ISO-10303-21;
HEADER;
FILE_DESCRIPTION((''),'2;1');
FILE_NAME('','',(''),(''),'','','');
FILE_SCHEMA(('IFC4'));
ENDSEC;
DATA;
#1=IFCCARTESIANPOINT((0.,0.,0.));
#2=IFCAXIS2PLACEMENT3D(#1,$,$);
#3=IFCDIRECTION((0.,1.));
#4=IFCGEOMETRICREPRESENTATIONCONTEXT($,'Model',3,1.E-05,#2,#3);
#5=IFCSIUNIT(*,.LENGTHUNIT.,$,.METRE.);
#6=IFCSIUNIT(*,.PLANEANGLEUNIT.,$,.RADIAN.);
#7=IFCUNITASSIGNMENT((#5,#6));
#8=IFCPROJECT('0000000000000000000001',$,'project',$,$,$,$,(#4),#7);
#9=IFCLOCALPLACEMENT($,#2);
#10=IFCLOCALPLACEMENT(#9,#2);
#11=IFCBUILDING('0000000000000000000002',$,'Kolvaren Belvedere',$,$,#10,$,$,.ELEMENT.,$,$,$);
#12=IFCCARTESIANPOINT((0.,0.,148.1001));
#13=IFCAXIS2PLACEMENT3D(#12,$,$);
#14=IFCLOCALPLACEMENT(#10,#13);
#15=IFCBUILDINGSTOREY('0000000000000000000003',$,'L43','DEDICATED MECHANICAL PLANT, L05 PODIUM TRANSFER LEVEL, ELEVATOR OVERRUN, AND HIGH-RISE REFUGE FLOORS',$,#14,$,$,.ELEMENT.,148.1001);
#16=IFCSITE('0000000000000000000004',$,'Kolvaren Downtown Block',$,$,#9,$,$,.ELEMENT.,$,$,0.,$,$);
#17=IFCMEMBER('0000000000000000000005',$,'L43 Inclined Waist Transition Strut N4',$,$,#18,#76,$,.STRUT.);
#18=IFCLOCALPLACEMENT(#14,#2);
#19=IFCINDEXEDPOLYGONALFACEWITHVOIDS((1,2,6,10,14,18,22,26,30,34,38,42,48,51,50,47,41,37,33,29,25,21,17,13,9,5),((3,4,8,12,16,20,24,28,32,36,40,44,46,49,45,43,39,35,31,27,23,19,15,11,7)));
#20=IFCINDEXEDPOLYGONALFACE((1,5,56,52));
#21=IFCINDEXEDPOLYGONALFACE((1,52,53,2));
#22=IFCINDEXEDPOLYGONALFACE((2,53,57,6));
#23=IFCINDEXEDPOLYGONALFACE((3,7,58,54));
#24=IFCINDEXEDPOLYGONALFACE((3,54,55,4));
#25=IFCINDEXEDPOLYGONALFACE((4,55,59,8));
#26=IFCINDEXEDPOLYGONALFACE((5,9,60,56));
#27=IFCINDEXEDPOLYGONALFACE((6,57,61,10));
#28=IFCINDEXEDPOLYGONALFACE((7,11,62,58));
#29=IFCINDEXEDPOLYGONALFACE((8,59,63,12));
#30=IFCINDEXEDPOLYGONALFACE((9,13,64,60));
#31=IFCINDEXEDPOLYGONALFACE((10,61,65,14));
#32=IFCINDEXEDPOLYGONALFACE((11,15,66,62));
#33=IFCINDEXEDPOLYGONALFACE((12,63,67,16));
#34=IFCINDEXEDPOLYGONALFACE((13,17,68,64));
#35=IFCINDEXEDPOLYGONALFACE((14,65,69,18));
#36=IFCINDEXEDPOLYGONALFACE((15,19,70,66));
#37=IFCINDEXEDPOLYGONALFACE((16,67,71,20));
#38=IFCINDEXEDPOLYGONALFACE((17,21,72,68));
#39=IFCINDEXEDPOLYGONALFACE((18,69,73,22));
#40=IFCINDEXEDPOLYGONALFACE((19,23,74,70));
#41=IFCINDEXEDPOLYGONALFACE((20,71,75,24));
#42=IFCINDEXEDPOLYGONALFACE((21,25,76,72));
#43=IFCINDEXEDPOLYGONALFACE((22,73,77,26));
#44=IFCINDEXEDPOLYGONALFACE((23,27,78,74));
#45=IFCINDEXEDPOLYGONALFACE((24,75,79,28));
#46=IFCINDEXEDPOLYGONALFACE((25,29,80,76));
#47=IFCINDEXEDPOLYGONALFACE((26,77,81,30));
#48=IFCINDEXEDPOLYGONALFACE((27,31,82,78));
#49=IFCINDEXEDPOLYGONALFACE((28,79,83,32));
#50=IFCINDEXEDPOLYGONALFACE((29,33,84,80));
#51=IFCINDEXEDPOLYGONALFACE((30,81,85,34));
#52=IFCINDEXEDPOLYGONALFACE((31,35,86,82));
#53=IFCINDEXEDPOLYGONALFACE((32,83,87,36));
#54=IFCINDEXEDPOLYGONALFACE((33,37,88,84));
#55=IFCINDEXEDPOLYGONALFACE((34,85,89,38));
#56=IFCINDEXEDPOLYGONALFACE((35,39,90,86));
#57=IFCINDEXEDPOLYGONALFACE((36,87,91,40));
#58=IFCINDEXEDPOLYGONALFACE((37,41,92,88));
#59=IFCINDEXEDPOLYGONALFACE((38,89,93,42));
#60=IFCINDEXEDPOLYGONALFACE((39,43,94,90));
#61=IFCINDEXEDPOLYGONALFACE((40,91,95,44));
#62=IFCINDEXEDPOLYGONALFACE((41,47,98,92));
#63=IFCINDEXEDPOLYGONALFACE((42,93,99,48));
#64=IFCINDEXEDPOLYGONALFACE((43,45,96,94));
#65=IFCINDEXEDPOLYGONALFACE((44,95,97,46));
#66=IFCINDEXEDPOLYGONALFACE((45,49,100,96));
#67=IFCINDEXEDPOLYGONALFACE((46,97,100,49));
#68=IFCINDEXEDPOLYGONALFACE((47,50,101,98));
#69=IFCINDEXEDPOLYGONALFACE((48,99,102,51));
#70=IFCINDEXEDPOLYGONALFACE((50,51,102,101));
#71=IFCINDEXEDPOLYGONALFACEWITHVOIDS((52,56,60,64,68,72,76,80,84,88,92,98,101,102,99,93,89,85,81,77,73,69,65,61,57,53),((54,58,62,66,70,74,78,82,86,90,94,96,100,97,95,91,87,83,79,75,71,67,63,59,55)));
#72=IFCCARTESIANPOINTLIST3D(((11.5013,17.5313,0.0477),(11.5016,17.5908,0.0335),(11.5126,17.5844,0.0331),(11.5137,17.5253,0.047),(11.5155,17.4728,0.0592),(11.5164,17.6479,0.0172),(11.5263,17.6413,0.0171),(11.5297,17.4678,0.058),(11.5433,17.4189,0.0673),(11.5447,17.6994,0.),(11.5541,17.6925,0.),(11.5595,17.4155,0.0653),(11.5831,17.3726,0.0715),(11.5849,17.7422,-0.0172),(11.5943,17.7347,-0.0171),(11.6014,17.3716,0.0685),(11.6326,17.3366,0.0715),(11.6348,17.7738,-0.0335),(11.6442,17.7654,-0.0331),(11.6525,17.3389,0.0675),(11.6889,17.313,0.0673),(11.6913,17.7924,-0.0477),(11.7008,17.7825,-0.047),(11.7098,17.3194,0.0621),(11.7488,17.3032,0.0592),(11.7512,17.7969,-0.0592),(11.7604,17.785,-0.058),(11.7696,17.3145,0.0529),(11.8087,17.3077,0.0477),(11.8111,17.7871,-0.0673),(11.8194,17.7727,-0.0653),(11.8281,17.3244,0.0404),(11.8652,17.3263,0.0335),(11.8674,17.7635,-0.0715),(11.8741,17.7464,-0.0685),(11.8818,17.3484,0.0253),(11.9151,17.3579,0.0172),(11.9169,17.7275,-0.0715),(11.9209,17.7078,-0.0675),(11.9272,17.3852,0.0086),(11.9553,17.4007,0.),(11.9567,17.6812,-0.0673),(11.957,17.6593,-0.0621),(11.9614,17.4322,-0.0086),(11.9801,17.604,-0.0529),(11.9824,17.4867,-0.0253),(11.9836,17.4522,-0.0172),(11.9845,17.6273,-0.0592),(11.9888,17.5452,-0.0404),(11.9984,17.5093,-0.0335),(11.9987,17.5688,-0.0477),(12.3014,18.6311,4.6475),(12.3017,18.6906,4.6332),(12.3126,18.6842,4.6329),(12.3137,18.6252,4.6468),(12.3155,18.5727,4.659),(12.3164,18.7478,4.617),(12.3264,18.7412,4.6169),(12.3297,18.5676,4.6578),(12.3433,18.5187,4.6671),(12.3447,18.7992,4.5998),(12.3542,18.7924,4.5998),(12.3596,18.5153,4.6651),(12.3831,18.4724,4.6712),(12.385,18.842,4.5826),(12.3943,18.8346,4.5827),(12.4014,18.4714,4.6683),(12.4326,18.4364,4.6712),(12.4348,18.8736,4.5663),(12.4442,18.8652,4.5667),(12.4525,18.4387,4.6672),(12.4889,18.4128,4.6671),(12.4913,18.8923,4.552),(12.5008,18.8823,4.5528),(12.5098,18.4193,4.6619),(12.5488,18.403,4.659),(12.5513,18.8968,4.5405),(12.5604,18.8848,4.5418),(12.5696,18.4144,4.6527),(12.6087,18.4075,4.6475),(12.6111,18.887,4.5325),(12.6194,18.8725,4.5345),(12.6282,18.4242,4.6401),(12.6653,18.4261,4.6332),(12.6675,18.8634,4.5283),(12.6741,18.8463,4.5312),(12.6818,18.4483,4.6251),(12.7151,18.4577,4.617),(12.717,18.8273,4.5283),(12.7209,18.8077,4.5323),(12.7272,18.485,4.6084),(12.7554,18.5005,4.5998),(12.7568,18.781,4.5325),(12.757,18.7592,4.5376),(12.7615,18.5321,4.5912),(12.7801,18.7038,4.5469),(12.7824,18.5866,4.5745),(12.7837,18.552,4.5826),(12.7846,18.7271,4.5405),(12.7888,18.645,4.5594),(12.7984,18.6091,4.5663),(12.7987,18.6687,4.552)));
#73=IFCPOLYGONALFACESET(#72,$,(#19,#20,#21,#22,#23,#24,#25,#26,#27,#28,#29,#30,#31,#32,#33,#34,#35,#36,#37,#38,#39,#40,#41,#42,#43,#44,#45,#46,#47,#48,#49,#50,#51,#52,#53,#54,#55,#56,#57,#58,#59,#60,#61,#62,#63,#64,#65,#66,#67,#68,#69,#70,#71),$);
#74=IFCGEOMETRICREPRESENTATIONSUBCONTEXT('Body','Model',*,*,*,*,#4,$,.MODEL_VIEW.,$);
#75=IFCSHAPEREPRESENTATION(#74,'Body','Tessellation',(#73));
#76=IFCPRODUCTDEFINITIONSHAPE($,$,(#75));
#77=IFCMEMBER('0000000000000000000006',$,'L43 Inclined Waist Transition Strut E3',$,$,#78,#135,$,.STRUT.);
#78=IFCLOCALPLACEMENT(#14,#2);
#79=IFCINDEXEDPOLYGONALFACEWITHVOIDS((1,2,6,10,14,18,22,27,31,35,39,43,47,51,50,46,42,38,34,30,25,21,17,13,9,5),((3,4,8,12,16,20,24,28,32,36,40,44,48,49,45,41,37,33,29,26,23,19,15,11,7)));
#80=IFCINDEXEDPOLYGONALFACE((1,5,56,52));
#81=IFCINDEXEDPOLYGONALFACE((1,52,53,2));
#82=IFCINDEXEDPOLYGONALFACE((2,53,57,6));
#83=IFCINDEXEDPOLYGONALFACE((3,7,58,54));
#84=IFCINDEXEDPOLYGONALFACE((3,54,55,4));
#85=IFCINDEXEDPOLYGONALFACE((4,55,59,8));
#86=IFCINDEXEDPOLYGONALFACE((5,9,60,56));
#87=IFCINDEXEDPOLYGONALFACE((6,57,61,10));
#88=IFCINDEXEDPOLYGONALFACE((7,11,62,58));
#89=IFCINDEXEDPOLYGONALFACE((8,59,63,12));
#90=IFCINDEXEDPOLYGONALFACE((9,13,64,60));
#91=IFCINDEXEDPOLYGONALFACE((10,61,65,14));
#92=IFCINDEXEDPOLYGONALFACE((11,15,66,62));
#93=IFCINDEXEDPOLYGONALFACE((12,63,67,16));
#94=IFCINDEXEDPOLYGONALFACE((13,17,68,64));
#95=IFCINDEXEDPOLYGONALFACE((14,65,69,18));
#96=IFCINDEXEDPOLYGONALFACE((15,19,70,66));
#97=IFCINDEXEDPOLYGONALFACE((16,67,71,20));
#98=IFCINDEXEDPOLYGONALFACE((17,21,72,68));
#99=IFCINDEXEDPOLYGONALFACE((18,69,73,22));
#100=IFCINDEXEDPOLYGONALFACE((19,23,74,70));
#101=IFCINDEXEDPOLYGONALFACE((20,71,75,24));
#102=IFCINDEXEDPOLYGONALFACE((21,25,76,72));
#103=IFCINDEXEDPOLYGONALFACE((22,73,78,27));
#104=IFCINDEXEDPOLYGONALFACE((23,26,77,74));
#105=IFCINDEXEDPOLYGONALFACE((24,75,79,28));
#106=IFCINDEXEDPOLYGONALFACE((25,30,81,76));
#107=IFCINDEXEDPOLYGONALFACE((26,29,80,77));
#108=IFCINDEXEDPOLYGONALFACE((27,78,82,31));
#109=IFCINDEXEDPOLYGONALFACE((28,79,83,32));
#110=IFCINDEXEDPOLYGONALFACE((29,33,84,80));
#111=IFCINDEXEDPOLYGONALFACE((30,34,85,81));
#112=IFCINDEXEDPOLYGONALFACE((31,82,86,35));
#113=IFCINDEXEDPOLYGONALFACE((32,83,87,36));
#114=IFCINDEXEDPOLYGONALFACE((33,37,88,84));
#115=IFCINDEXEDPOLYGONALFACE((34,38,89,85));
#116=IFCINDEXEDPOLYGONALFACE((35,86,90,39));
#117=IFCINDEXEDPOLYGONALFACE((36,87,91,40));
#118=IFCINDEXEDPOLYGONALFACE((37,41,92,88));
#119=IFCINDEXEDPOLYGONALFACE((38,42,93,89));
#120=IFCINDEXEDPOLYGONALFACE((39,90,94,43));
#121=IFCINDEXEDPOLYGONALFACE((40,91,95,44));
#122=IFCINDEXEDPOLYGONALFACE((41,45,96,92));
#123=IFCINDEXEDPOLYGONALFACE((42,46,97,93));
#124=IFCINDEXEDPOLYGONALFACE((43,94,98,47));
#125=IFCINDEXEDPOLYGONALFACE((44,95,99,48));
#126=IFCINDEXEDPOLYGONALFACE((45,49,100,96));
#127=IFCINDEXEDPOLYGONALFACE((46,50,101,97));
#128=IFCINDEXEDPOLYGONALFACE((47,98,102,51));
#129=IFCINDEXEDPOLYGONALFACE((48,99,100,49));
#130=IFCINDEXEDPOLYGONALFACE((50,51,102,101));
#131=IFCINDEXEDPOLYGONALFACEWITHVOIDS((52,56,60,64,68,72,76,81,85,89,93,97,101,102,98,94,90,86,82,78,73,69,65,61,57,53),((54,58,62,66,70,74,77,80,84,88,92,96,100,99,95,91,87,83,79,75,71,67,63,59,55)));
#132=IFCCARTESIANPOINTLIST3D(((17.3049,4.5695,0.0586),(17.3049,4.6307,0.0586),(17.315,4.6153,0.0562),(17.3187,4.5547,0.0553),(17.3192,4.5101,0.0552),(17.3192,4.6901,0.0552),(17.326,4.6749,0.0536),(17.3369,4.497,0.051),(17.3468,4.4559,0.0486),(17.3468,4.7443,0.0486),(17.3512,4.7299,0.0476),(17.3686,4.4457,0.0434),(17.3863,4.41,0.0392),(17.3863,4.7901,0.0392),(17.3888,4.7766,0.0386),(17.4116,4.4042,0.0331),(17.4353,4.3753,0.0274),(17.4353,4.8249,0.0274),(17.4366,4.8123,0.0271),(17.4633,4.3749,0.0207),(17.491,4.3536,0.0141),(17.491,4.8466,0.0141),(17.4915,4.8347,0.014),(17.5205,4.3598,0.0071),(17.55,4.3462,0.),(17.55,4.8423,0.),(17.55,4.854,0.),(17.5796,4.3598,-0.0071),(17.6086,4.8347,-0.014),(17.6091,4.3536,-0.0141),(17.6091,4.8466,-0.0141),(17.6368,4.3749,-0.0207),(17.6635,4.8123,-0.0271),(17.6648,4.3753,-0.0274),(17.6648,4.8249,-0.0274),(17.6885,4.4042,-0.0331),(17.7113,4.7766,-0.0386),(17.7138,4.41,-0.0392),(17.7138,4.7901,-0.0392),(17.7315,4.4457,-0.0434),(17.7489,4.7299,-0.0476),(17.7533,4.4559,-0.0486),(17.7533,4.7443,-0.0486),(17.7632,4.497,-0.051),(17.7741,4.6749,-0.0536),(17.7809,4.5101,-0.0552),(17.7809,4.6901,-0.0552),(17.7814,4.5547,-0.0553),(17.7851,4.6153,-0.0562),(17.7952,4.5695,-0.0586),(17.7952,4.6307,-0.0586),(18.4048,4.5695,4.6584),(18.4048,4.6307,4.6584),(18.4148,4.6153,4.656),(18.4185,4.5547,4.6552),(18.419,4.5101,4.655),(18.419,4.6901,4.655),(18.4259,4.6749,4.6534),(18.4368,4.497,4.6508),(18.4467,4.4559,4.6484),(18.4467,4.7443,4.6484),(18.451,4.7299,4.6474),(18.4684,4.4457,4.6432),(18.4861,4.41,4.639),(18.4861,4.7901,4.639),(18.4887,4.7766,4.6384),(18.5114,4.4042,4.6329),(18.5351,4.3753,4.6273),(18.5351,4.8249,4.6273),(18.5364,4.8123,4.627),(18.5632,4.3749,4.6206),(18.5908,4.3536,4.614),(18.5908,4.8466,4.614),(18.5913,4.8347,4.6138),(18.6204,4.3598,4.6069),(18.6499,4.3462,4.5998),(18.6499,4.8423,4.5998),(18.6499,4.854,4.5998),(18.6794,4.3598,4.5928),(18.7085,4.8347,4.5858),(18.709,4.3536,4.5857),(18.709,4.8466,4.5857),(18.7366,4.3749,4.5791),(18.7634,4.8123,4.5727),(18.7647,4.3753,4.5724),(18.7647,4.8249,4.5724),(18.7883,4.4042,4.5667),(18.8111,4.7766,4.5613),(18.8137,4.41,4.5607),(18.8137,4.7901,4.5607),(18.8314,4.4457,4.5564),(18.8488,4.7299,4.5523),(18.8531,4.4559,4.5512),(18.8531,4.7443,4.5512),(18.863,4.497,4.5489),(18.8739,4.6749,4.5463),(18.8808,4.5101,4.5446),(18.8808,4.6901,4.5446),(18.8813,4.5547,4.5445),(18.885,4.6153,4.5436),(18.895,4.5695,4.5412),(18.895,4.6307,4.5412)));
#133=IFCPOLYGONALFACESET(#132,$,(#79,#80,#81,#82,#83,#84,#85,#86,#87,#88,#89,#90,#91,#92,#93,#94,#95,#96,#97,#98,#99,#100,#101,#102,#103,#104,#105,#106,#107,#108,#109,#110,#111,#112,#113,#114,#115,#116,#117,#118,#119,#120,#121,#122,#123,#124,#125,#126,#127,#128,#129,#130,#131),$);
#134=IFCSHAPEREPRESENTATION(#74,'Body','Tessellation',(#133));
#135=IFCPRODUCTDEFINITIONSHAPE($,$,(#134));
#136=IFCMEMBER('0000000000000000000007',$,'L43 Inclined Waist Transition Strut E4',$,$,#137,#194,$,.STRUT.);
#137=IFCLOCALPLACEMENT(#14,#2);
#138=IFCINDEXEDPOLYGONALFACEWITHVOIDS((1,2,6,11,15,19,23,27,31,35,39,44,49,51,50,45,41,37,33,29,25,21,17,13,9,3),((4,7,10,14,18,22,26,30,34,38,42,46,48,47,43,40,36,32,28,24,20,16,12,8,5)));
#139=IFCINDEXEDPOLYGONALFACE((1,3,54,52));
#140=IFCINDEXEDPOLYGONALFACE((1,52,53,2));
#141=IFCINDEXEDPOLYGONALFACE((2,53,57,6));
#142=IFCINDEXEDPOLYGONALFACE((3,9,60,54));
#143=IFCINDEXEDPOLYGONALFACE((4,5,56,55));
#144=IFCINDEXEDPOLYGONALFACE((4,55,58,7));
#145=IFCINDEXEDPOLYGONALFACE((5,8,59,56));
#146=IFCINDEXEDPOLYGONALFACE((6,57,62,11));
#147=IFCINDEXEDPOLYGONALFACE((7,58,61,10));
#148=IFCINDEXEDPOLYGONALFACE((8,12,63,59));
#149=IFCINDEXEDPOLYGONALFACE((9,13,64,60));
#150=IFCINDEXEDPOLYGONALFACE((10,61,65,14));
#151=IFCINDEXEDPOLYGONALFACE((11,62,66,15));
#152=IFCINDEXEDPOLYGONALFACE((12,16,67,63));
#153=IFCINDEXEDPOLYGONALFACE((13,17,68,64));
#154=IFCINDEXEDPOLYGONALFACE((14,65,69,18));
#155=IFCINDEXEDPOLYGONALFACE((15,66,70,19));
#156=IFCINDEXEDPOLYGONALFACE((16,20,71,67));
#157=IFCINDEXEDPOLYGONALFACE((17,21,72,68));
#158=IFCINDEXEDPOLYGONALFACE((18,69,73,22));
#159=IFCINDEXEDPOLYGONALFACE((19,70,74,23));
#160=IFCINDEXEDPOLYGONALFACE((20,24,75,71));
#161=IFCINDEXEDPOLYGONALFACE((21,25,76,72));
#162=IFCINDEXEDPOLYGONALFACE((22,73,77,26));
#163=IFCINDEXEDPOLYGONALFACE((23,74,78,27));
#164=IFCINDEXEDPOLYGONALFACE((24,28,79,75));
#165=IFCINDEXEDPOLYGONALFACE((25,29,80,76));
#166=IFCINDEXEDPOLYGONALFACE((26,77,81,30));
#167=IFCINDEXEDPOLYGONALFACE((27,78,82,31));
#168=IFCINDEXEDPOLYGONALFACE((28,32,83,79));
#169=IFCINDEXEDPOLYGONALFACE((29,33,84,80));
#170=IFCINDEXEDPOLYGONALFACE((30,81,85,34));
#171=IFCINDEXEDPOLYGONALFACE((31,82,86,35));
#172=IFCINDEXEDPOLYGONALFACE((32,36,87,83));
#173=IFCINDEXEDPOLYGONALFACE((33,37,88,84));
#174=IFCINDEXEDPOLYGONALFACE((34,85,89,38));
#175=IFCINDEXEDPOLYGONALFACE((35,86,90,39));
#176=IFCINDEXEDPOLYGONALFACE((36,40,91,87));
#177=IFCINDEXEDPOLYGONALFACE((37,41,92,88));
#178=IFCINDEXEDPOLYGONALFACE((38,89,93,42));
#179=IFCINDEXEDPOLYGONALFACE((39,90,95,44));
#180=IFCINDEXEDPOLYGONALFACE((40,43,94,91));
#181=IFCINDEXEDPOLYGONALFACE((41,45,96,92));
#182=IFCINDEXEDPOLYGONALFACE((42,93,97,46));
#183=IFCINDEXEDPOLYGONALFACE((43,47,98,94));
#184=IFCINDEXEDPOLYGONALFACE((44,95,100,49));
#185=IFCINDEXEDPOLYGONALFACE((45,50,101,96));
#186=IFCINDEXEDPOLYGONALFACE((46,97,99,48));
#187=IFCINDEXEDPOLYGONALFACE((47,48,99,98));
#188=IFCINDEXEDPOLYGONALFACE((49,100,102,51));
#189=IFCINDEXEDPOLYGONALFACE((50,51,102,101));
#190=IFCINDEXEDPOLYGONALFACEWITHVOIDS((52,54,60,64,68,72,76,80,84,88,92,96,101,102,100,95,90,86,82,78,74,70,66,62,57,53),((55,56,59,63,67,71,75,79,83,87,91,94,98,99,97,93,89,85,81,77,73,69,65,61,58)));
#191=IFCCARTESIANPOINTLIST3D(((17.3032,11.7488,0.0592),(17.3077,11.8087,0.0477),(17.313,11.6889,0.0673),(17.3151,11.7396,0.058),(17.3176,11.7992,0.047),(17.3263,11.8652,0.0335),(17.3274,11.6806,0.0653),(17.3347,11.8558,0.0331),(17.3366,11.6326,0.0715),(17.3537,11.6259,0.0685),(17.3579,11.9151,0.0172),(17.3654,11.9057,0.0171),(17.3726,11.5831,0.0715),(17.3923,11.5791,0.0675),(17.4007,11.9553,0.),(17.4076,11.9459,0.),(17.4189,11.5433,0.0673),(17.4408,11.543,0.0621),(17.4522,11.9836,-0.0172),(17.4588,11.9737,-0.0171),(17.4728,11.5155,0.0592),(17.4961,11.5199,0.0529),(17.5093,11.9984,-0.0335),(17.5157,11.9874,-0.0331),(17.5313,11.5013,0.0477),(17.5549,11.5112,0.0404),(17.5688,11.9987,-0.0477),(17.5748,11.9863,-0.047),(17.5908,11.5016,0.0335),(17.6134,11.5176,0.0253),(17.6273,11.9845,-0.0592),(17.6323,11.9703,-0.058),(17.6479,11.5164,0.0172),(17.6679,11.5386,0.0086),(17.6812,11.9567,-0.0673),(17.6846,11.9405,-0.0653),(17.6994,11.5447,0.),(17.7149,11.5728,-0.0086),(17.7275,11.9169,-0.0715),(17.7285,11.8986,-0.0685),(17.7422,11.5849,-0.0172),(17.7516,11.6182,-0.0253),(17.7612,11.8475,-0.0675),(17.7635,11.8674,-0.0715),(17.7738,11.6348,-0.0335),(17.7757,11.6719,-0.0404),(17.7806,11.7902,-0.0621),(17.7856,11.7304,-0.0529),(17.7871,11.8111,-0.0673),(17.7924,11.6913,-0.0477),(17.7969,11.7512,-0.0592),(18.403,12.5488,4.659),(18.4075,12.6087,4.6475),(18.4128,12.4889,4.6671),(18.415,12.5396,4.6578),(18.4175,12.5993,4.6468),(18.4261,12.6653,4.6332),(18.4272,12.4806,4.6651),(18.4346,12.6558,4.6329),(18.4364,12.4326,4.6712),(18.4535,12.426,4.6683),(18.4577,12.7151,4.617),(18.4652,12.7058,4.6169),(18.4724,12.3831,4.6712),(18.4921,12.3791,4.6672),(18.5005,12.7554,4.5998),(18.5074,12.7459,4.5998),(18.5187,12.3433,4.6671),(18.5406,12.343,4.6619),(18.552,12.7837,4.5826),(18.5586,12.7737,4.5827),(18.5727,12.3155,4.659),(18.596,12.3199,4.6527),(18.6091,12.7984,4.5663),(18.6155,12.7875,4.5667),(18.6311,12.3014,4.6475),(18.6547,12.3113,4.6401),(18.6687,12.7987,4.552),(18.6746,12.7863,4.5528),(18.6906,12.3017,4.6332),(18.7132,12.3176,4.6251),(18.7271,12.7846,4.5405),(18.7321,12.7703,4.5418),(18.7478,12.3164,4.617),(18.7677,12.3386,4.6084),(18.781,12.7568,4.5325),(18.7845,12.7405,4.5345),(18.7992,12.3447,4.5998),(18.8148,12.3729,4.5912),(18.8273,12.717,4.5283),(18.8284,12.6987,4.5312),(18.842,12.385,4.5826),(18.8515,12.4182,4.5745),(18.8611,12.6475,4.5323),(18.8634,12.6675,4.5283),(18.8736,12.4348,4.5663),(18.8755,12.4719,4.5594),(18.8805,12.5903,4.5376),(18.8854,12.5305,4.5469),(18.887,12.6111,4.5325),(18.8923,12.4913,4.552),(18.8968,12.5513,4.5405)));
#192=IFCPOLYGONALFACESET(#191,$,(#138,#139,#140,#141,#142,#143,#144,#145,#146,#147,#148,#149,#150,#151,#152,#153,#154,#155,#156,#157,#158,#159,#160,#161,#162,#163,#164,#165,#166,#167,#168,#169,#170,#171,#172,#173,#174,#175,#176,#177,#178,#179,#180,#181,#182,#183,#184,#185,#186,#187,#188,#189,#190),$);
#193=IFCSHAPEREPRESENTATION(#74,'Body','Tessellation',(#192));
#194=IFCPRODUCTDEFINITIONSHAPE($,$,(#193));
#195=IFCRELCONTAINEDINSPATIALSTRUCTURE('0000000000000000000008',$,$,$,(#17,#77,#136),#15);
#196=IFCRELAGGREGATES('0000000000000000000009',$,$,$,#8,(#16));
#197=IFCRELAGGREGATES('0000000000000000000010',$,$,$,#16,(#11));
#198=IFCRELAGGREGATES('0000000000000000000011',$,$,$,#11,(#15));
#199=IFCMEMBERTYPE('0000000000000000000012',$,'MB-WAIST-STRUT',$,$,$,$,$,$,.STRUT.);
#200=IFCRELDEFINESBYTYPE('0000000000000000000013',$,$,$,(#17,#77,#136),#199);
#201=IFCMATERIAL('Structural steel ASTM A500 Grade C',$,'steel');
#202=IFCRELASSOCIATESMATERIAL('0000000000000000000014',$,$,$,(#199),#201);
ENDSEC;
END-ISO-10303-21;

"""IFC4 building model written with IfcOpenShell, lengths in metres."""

from ifc_helpers import new_model, si_unit, direction, frame, origin, origin_2d, place, context, subcontext, project, spatial, hollow_circle, extrude, material, material_profile, profile_set, type_object, element, save


model = new_model("IFC4")

# Units and contexts
model_context = context("Model", 3, precision=1e-05, world=origin(), true_north=direction((0.0, 1.0)))
body_context = subcontext(model_context, "Body", "Model", "MODEL_VIEW")
ifc_project = project(units=[si_unit("LENGTHUNIT", "METRE"), si_unit("PLANEANGLEUNIT", "RADIAN")], contexts=[model_context])

# Site, building, storey
site_placement = place(None, origin())
site = spatial("IfcSite", under=ifc_project, at=site_placement, Name="Kolvaren Downtown Block", CompositionType="ELEMENT", RefElevation=0.0)
building_placement = place(site_placement, origin())
building = spatial("IfcBuilding", under=site, at=building_placement, Name="Kolvaren Belvedere", CompositionType="ELEMENT")
storey_placement = place(building_placement, frame((0.0, 0.0, 148.1001)))
storey = spatial("IfcBuildingStorey", under=building, at=storey_placement, Name="L43", Description="DEDICATED MECHANICAL PLANT, L05 PODIUM TRANSFER LEVEL, ELEVATOR OVERRUN, AND HIGH-RISE REFUGE FLOORS", CompositionType="ELEMENT", Elevation=148.1001)

# Members
ifc_material_1 = material(Name="Structural steel ASTM A500 Grade C", Category="steel")
ifc_material_profile_1 = material_profile(ifc_material_1, hollow_circle(Radius=0.2539, WallThickness=0.0117, at=origin_2d()), Name="HSS20.000X0.500")
ifc_profile_set_1 = profile_set([ifc_material_profile_1], Name="Structural steel ASTM A500 Grade C")
member_type_1 = type_object("IfcMemberType", Name="MB-WAIST-STRUT", PredefinedType="STRUT", material=ifc_profile_set_1)
member_1_placement = place(storey_placement, frame((11.75, 17.55, 0.0), z_axis=(0.166791, 0.229293, 0.95896), x_axis=(-0.808682, 0.588246, 0.0)))
element("IfcMember", 1, at=member_1_placement, inside=storey, type_object=member_type_1, Name="L43 Inclined Waist Transition Strut N4", PredefinedType="STRUT", context=body_context, shape_type="SweptSolid", body=[
    extrude(hollow_circle(Radius=0.2539, WallThickness=0.0117, at=origin_2d()), origin(), (0.0, 0.0, 1.0), 4.7966),
])
member_2_placement = place(storey_placement, frame((17.55, 4.6001, 0.0), z_axis=(0.232551, 0.0, 0.972584), x_axis=(0.0, 1.0, 0.0)))
element("IfcMember", 2, at=member_2_placement, inside=storey, type_object=member_type_1, Name="L43 Inclined Waist Transition Strut E3", PredefinedType="STRUT", context=body_context, shape_type="SweptSolid", body=[
    extrude(hollow_circle(Radius=0.2539, WallThickness=0.0117, at=origin_2d()), origin(), (0.0, 0.0, 1.0), 4.7295),
])
member_3_placement = place(storey_placement, frame((17.55, 11.75, 0.0), z_axis=(0.229293, 0.166791, 0.95896), x_axis=(-0.588246, 0.808682, 0.0)))
element("IfcMember", 3, at=member_3_placement, inside=storey, type_object=member_type_1, Name="L43 Inclined Waist Transition Strut E4", PredefinedType="STRUT", context=body_context, shape_type="SweptSolid", body=[
    extrude(hollow_circle(Radius=0.2539, WallThickness=0.0117, at=origin_2d()), origin(), (0.0, 0.0, 1.0), 4.7966),
])

save(model, "model.ifc")
